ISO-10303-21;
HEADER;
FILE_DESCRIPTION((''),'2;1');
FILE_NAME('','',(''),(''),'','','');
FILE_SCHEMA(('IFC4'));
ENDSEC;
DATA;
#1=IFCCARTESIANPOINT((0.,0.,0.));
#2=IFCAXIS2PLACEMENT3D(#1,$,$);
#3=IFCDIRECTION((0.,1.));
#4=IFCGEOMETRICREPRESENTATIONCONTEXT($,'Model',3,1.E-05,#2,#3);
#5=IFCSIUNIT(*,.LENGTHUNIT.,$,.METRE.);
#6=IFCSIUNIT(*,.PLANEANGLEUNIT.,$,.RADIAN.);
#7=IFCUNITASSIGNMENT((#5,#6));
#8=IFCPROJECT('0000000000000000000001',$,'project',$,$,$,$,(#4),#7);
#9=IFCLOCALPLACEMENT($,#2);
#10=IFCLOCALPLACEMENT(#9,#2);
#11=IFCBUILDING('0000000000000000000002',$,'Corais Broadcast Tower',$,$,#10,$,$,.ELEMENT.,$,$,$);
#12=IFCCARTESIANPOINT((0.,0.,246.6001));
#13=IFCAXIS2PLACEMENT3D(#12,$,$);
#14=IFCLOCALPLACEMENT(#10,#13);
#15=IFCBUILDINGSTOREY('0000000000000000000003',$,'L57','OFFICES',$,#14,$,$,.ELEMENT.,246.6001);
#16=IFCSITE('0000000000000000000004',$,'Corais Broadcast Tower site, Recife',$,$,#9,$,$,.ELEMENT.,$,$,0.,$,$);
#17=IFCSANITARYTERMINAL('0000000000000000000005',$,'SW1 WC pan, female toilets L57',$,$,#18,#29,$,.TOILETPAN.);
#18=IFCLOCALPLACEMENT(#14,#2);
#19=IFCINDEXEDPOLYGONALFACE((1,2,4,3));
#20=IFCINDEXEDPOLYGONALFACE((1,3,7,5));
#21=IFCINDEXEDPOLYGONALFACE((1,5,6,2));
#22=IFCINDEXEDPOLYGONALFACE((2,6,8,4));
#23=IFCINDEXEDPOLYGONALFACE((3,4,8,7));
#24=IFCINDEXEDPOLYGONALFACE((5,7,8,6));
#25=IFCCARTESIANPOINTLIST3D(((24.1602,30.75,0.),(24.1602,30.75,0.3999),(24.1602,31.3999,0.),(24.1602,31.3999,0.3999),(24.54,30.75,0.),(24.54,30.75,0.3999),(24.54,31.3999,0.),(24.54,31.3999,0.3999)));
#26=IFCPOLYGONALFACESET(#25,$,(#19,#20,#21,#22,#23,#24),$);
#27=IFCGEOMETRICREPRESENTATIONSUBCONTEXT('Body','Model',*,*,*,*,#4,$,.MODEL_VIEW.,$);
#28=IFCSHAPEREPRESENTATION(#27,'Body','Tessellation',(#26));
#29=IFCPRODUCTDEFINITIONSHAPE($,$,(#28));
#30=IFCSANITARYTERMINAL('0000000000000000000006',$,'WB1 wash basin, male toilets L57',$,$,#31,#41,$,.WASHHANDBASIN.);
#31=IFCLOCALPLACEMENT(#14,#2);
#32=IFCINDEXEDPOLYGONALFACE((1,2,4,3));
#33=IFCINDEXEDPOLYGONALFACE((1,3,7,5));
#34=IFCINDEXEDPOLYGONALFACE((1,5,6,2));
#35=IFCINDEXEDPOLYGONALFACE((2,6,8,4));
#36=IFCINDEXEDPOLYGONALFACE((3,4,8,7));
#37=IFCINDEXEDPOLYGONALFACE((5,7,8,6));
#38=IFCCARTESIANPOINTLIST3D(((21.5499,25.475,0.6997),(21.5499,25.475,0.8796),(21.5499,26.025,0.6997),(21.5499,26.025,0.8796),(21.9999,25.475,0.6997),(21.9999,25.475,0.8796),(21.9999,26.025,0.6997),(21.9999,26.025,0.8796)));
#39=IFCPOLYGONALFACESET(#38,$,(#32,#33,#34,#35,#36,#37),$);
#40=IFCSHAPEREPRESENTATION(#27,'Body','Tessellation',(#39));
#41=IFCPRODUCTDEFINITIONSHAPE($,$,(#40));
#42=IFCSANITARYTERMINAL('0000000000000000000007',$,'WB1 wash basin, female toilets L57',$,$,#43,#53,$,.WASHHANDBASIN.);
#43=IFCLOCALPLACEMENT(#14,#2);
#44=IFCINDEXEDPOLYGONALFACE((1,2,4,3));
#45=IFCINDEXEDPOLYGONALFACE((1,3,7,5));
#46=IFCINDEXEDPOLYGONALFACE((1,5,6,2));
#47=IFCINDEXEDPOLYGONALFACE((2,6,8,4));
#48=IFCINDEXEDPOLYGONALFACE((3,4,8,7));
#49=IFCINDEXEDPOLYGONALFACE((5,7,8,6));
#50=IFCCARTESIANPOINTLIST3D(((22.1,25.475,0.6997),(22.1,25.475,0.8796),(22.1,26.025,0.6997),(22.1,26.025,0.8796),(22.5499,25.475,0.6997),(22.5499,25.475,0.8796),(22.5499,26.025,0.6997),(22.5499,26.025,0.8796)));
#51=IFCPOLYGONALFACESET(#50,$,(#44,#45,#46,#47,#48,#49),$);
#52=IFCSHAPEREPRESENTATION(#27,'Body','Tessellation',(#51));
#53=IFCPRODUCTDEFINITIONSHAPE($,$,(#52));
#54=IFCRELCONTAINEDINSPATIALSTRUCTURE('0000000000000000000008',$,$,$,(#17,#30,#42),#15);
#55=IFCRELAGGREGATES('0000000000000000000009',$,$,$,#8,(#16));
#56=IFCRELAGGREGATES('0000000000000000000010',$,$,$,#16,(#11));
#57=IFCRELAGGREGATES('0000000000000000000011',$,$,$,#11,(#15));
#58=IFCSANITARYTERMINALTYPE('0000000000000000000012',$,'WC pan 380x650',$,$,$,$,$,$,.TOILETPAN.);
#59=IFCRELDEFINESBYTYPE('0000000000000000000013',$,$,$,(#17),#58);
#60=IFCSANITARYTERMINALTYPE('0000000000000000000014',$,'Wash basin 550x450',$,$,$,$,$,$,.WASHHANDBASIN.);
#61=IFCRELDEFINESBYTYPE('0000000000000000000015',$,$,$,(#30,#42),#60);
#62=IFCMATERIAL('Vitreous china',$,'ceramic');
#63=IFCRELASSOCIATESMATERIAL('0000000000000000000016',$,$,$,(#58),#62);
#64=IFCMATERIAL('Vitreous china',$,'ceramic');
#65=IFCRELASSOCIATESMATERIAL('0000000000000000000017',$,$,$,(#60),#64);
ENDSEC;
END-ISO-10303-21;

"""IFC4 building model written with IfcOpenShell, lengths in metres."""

from ifc_helpers import new_model, si_unit, direction, frame, origin, origin_2d, place, context, subcontext, project, spatial, rectangle, extrude, material, type_object, element, save


model = new_model("IFC4")

# Units and contexts
model_context = context("Model", 3, precision=1e-05, world=origin(), true_north=direction((0.0, 1.0)))
body_context = subcontext(model_context, "Body", "Model", "MODEL_VIEW")
ifc_project = project(units=[si_unit("LENGTHUNIT", "METRE"), si_unit("PLANEANGLEUNIT", "RADIAN")], contexts=[model_context])

# Site, building, storey
site_placement = place(None, origin())
site = spatial("IfcSite", under=ifc_project, at=site_placement, Name="Corais Broadcast Tower site, Recife", CompositionType="ELEMENT", RefElevation=0.0)
building_placement = place(site_placement, origin())
building = spatial("IfcBuilding", under=site, at=building_placement, Name="Corais Broadcast Tower", CompositionType="ELEMENT")
storey_placement = place(building_placement, frame((0.0, 0.0, 246.6001)))
storey = spatial("IfcBuildingStorey", under=building, at=storey_placement, Name="L57", Description="OFFICES", CompositionType="ELEMENT", Elevation=246.6001)

# Sanitary terminals
ifc_material_1 = material(Name="Vitreous china", Category="ceramic")
sanitary_terminal_type_1 = type_object("IfcSanitaryTerminalType", Name="WC pan 380x650", PredefinedType="TOILETPAN", material=ifc_material_1)
for number, where, z_axis, x_axis, name in (
    (1, (24.3501, 31.075, 0.0), (0.0, 0.0, 1.0), (1.0, 0.0, 0.0), "SW1 WC pan, female toilets L57"),
):
    element("IfcSanitaryTerminal", number, at=place(storey_placement, frame(where, z_axis=z_axis, x_axis=x_axis)), inside=storey, type_object=sanitary_terminal_type_1, Name=name, PredefinedType="TOILETPAN", context=body_context, shape_type="SweptSolid", body=[
        extrude(rectangle(XDim=0.3799, YDim=0.6499, at=origin_2d()), origin(), (0.0, 0.0, 1.0), 0.3999),
    ])
ifc_material_2 = material(Name="Vitreous china", Category="ceramic")
sanitary_terminal_type_2 = type_object("IfcSanitaryTerminalType", Name="Wash basin 550x450", PredefinedType="WASHHANDBASIN", material=ifc_material_2)
for number, where, z_axis, x_axis, name in (
    (2, (21.7749, 25.75, 0.6997), (0.0, 0.0, 1.0), (1.0, 0.0, 0.0), "WB1 wash basin, male toilets L57"),
    (3, (22.325, 25.75, 0.6997), (0.0, 0.0, 1.0), (1.0, 0.0, 0.0), "WB1 wash basin, female toilets L57"),
):
    element("IfcSanitaryTerminal", number, at=place(storey_placement, frame(where, z_axis=z_axis, x_axis=x_axis)), inside=storey, type_object=sanitary_terminal_type_2, Name=name, PredefinedType="WASHHANDBASIN", context=body_context, shape_type="SweptSolid", body=[
        extrude(rectangle(XDim=0.45, YDim=0.55, at=origin_2d()), origin(), (0.0, 0.0, 1.0), 0.1799),
    ])

save(model, "model.ifc")
